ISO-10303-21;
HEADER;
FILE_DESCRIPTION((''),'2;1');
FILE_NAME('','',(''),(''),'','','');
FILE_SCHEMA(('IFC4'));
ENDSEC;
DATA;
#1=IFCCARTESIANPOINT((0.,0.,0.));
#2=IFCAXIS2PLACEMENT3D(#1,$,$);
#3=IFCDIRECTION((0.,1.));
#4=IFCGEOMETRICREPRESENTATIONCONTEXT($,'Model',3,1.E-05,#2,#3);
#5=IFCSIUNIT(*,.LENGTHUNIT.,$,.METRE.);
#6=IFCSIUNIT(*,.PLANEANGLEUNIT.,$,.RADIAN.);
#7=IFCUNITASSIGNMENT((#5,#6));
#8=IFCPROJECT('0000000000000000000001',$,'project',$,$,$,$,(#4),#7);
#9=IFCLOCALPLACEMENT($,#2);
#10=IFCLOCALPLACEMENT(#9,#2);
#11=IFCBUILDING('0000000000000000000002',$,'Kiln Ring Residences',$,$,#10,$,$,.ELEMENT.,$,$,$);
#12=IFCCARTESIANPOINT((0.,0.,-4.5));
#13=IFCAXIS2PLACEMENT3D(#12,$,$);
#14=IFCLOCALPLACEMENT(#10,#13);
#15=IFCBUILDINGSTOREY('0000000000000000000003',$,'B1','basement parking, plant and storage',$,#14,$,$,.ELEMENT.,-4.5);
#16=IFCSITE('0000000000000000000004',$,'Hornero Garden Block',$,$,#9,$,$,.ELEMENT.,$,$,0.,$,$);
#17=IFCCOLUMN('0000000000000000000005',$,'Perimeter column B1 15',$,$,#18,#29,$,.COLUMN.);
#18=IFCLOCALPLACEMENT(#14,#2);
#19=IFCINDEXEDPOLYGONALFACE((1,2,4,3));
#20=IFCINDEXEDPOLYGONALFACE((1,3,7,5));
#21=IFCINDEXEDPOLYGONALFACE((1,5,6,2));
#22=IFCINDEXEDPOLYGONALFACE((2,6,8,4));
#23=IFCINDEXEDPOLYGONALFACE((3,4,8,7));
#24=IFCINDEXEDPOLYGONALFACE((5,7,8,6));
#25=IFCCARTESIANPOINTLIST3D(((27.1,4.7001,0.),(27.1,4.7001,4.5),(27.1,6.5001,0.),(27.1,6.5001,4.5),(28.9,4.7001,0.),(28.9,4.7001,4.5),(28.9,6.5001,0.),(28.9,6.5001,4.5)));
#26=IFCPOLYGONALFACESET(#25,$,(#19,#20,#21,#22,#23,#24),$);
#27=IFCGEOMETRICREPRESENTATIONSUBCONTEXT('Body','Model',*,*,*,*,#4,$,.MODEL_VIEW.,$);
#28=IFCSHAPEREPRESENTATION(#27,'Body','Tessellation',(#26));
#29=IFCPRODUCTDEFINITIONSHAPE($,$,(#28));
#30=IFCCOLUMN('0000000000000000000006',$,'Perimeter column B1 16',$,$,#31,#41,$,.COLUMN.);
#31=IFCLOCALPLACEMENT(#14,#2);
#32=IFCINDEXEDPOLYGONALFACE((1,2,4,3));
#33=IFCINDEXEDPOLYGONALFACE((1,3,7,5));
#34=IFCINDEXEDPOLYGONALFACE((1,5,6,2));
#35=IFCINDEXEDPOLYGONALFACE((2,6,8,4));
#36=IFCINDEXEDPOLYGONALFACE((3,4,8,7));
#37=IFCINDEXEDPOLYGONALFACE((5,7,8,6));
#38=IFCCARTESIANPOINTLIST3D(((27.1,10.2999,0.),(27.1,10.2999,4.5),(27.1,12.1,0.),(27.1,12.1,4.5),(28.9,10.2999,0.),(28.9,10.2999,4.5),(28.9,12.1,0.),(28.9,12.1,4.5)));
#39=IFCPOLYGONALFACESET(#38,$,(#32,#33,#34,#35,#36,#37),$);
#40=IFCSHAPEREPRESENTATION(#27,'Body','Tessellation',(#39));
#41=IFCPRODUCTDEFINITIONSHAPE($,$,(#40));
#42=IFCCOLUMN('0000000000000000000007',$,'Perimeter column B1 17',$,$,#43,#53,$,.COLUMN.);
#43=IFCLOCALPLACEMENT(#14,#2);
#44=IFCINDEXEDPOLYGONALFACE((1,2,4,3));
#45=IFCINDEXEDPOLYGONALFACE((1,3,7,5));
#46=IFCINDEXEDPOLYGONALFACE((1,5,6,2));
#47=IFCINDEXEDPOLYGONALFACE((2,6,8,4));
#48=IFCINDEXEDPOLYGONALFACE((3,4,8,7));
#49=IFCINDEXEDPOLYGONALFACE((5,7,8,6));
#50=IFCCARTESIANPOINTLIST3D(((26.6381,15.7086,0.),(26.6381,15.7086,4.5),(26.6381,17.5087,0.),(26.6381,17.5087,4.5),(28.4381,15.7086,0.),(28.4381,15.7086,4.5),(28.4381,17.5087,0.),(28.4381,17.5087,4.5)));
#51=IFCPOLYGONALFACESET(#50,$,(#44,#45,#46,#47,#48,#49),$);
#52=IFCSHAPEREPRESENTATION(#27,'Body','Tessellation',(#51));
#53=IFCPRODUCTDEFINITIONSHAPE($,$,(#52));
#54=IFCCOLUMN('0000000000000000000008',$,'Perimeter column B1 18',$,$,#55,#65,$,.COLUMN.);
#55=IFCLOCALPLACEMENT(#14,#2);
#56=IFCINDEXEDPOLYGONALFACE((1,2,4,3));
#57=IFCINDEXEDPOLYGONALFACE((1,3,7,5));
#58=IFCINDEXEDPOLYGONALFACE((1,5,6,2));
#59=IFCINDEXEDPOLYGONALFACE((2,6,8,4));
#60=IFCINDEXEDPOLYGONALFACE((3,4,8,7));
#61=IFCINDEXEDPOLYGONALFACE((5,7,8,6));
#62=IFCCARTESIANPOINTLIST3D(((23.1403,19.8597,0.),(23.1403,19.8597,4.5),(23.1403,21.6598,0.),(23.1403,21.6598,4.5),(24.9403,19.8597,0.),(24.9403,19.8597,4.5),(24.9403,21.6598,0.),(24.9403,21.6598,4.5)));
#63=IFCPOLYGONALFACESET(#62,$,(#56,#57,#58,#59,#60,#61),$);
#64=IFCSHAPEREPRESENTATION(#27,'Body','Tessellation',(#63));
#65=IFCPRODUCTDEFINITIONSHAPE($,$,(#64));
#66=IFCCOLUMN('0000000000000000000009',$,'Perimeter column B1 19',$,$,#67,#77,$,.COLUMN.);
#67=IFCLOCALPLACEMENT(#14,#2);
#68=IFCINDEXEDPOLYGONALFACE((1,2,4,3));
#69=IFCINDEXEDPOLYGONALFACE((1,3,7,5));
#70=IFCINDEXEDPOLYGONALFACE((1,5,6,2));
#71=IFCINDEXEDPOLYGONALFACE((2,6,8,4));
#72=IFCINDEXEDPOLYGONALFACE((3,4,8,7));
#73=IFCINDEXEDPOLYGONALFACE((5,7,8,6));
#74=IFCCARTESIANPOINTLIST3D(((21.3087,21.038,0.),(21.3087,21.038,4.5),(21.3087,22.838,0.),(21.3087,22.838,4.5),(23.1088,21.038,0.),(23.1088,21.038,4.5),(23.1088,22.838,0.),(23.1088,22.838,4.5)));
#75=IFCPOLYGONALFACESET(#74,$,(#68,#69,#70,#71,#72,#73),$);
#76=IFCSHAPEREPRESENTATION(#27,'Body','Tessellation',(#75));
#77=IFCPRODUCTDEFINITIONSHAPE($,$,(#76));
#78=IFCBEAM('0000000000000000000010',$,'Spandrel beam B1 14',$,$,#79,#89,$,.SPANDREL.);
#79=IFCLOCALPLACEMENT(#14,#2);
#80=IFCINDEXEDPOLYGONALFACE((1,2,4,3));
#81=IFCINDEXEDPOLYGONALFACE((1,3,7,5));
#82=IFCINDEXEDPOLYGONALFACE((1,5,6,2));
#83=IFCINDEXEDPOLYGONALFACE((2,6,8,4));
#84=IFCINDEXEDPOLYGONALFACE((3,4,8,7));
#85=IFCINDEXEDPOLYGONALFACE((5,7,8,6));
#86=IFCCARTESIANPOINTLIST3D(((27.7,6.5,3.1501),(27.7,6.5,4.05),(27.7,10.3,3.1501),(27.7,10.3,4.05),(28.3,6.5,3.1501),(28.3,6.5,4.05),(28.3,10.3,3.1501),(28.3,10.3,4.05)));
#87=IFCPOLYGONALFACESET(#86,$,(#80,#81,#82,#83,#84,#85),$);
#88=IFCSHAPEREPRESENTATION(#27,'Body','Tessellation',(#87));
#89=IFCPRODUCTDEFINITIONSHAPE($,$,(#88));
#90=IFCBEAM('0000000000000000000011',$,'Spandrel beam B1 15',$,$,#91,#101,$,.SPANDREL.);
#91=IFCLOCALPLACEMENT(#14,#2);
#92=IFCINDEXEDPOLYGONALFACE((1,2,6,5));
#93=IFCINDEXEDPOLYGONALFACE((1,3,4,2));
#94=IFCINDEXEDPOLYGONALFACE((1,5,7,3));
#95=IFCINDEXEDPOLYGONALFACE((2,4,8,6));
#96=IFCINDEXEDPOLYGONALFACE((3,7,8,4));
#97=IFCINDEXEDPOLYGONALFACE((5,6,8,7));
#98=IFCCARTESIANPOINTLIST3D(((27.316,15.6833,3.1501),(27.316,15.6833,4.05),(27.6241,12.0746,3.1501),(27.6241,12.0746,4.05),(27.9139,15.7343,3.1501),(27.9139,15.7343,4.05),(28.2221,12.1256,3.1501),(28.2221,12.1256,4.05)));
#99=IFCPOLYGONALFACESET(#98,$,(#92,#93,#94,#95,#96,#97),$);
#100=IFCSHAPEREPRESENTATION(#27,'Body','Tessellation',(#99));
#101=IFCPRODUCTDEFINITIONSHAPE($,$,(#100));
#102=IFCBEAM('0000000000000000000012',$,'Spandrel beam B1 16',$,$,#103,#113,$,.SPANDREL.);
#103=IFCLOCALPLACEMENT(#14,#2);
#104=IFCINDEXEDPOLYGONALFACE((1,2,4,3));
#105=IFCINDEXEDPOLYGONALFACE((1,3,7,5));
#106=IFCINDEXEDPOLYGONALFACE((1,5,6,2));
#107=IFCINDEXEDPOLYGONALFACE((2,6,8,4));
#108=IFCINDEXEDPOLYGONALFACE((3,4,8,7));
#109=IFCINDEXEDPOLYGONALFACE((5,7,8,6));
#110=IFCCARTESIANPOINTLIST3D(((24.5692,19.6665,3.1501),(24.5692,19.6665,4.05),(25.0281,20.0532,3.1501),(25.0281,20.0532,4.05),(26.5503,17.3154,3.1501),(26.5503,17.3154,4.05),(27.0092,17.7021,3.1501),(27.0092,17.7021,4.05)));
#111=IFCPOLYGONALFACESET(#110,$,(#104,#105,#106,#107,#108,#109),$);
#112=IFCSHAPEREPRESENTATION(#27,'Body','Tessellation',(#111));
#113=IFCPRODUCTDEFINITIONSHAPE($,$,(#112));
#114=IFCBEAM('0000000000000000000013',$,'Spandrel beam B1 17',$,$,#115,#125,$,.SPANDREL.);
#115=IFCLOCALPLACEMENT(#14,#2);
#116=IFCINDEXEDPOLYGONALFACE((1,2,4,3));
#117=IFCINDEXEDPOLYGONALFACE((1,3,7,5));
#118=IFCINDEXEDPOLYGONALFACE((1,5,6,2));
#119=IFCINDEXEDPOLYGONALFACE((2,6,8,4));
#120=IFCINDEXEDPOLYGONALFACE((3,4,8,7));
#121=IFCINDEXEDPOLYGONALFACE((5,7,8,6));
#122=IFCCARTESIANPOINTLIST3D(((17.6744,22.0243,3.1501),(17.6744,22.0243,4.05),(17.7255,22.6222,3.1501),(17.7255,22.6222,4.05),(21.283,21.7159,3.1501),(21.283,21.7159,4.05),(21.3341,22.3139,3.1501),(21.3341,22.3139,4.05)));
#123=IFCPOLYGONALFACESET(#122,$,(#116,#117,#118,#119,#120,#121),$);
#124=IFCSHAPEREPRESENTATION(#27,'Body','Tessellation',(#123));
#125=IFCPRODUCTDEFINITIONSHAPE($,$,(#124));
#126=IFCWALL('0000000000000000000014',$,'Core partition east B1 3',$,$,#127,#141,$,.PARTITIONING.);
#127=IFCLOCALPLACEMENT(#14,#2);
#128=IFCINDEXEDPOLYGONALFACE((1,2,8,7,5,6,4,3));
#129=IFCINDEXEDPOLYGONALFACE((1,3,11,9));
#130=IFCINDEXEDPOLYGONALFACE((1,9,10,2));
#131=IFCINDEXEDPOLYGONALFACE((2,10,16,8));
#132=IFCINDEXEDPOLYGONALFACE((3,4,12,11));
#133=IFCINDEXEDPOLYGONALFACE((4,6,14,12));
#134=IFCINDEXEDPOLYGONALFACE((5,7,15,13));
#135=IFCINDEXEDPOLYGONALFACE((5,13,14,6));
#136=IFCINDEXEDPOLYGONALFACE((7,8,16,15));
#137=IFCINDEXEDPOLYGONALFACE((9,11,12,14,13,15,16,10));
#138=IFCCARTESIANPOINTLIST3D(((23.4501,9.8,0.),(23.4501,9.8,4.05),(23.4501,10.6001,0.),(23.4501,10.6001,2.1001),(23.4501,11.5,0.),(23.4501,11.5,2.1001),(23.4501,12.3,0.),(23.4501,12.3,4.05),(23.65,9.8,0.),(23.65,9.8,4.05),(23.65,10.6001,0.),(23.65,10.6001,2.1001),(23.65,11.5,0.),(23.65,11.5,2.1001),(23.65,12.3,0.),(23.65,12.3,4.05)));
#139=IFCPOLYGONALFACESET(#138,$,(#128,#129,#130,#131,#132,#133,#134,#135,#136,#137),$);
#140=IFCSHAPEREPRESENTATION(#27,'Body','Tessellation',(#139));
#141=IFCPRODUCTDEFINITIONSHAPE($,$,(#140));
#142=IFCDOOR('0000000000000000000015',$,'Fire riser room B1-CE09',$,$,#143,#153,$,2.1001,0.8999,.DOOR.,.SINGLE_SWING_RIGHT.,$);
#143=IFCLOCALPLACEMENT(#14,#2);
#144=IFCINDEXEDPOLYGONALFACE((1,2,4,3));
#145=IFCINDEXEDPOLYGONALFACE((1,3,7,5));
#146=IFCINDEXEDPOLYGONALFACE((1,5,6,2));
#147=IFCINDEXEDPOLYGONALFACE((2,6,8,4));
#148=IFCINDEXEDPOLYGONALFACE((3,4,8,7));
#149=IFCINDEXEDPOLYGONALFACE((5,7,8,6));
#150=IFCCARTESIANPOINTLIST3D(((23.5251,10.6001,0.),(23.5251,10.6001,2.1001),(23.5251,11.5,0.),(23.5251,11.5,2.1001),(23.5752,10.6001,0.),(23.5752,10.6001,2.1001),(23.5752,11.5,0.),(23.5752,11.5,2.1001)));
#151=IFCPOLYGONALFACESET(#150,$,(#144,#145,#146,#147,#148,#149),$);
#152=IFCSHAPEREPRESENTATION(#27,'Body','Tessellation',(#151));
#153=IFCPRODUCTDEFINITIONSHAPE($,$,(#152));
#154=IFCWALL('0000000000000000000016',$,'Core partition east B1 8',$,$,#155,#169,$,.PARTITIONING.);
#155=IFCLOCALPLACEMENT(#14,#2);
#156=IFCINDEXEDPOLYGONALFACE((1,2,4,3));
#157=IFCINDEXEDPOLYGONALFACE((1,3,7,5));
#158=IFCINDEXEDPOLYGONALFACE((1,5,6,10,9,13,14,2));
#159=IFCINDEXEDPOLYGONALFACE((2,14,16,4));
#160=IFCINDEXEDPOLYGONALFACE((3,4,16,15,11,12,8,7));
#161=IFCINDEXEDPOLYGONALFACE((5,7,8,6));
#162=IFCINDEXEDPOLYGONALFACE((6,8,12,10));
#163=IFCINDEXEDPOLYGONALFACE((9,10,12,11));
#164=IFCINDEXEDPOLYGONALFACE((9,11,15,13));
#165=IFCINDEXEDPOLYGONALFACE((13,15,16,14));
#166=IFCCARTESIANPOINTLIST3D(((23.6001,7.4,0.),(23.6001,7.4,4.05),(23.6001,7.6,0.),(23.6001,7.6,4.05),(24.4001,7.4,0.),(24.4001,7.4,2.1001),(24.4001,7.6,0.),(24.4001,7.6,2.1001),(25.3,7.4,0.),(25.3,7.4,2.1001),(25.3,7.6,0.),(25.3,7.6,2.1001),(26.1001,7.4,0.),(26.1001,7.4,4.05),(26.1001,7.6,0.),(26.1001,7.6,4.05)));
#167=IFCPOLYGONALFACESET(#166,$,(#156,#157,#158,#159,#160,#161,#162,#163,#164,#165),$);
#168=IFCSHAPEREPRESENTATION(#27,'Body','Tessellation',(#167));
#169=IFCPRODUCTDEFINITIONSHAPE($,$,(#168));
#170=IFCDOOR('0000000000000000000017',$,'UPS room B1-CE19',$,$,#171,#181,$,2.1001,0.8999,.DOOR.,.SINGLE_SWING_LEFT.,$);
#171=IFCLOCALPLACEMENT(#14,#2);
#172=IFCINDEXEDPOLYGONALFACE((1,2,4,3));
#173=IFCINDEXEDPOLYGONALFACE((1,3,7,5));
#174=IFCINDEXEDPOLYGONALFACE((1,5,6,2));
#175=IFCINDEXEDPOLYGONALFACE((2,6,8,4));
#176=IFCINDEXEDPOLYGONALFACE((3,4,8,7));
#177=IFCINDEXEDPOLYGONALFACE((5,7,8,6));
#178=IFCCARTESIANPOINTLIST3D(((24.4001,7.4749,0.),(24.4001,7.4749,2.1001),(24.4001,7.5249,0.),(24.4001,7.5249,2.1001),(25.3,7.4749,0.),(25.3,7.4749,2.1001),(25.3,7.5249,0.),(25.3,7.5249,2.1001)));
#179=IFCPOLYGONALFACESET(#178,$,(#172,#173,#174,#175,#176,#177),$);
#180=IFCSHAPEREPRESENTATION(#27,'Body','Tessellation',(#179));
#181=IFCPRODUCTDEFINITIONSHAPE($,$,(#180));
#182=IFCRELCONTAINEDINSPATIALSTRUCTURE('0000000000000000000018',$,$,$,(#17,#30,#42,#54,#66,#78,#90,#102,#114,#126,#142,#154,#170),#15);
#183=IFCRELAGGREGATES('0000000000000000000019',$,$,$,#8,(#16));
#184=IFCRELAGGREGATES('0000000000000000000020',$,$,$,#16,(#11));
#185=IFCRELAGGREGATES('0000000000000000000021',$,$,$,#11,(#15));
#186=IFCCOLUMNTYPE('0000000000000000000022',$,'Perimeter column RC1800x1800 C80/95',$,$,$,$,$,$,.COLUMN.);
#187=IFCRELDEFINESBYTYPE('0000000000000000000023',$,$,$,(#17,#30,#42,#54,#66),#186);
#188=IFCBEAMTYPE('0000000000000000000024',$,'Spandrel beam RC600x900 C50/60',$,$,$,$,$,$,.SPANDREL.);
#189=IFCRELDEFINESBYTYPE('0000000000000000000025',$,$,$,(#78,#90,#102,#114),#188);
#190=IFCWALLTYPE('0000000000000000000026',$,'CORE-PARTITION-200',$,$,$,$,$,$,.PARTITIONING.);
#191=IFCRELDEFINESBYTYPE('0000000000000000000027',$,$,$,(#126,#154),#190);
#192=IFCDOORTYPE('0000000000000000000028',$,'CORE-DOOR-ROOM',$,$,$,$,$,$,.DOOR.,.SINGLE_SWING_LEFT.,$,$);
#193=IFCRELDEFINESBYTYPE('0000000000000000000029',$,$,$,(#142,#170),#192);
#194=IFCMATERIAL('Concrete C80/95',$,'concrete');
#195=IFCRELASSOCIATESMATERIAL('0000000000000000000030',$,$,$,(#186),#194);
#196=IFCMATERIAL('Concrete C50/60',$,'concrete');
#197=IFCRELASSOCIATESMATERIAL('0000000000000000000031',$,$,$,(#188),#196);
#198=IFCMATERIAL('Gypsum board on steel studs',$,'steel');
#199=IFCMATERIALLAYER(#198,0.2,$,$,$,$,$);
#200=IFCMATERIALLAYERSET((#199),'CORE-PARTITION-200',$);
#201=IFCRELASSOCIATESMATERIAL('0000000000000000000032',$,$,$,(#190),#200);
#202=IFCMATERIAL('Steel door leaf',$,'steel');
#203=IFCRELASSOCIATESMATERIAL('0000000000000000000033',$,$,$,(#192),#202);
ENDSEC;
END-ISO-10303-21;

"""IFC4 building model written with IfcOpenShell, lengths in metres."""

from ifc_helpers import new_model, si_unit, direction, frame, frame_2d, origin, origin_2d, place, context, subcontext, project, spatial, rectangle, extrude, material, layer, layer_set, material_profile, profile_set, type_object, element, fill, save


model = new_model("IFC4")

# Units and contexts
model_context = context("Model", 3, precision=1e-05, world=origin(), true_north=direction((0.0, 1.0)))
body_context = subcontext(model_context, "Body", "Model", "MODEL_VIEW")
ifc_project = project(units=[si_unit("LENGTHUNIT", "METRE"), si_unit("PLANEANGLEUNIT", "RADIAN")], contexts=[model_context])

# Site, building, storey
site_placement = place(None, origin())
site = spatial("IfcSite", under=ifc_project, at=site_placement, Name="Hornero Garden Block", CompositionType="ELEMENT", RefElevation=0.0)
building_placement = place(site_placement, origin())
building = spatial("IfcBuilding", under=site, at=building_placement, Name="Kiln Ring Residences", CompositionType="ELEMENT")
storey_placement = place(building_placement, frame((0.0, 0.0, -4.5)))
storey = spatial("IfcBuildingStorey", under=building, at=storey_placement, Name="B1", Description="basement parking, plant and storage", CompositionType="ELEMENT", Elevation=-4.5)

# Columns
ifc_material_1 = material(Name="Concrete C80/95", Category="concrete")
ifc_material_profile_1 = material_profile(ifc_material_1, rectangle(XDim=1.8, YDim=1.8, at=origin_2d()), Name="RC1800x1800")
ifc_profile_set_1 = profile_set([ifc_material_profile_1], Name="Concrete C80/95")
column_type = type_object("IfcColumnType", Name="Perimeter column RC1800x1800 C80/95", PredefinedType="COLUMN", material=ifc_profile_set_1)
for number, where, z_axis, x_axis, name in (
    (1, (28.0, 5.6001, 0.0), (0.0, 0.0, 1.0), (1.0, 0.0, 0.0), "Perimeter column B1 15"),
    (2, (28.0, 11.2, 0.0), (0.0, 0.0, 1.0), (1.0, 0.0, 0.0), "Perimeter column B1 16"),
    (3, (27.5381, 16.6086, 0.0), (0.0, 0.0, 1.0), (1.0, 0.0, 0.0), "Perimeter column B1 17"),
    (4, (24.0403, 20.7598, 0.0), (0.0, 0.0, 1.0), (1.0, 0.0, 0.0), "Perimeter column B1 18"),
    (5, (22.2087, 21.938, 0.0), (0.0, 0.0, 1.0), (1.0, 0.0, 0.0), "Perimeter column B1 19"),
):
    element("IfcColumn", number, at=place(storey_placement, frame(where, z_axis=z_axis, x_axis=x_axis)), inside=storey, type_object=column_type, Name=name, PredefinedType="COLUMN", context=body_context, shape_type="SweptSolid", body=[
        extrude(rectangle(XDim=1.8, YDim=1.8, at=origin_2d()), origin(), (0.0, 0.0, 1.0), 4.5),
    ])

# Beams
ifc_material_2 = material(Name="Concrete C50/60", Category="concrete")
ifc_material_profile_2 = material_profile(ifc_material_2, rectangle(XDim=0.6001, YDim=0.8999, at=origin_2d()), Name="RC600x900")
ifc_profile_set_2 = profile_set([ifc_material_profile_2], Name="Concrete C50/60")
beam_type = type_object("IfcBeamType", Name="Spandrel beam RC600x900 C50/60", PredefinedType="SPANDREL", material=ifc_profile_set_2)
beam_1_placement = place(storey_placement, frame((28.0, 6.5, 3.6001), z_axis=(0.0, 1.0, 0.0), x_axis=(-1.0, 0.0, 0.0)))
element("IfcBeam", 6, at=beam_1_placement, inside=storey, type_object=beam_type, Name="Spandrel beam B1 14", PredefinedType="SPANDREL", context=body_context, shape_type="SweptSolid", body=[
    extrude(rectangle(XDim=0.6001, YDim=0.8999, at=origin_2d()), origin(), (0.0, 0.0, 1.0), 3.8),
])
beam_2_placement = place(storey_placement, frame((27.9231, 12.1001, 3.6001), z_axis=(-0.08507, 0.996375, 0.0), x_axis=(-0.996375, -0.08507, 0.0)))
element("IfcBeam", 7, at=beam_2_placement, inside=storey, type_object=beam_type, Name="Spandrel beam B1 15", PredefinedType="SPANDREL", context=body_context, shape_type="SweptSolid", body=[
    extrude(rectangle(XDim=0.6001, YDim=0.8999, at=origin_2d()), origin(), (0.0, 0.0, 1.0), 3.6218),
])
beam_3_placement = place(storey_placement, frame((26.7798, 17.5088, 3.6001), z_axis=(-0.644392, 0.764695, 0.0), x_axis=(-0.764695, -0.644392, 0.0)))
element("IfcBeam", 8, at=beam_3_placement, inside=storey, type_object=beam_type, Name="Spandrel beam B1 16", PredefinedType="SPANDREL", context=body_context, shape_type="SweptSolid", body=[
    extrude(rectangle(XDim=0.6001, YDim=0.8999, at=origin_2d()), origin(), (0.0, 0.0, 1.0), 3.0745),
])
beam_4_placement = place(storey_placement, frame((21.3086, 22.0149, 3.6001), z_axis=(-0.996369, 0.085137, 0.0), x_axis=(-0.085137, -0.996369, 0.0)))
element("IfcBeam", 9, at=beam_4_placement, inside=storey, type_object=beam_type, Name="Spandrel beam B1 17", PredefinedType="SPANDREL", context=body_context, shape_type="SweptSolid", body=[
    extrude(rectangle(XDim=0.6001, YDim=0.8999, at=origin_2d()), origin(), (0.0, 0.0, 1.0), 3.6218),
])

# Walls, openings, doors
ifc_material_3 = material(Name="Gypsum board on steel studs", Category="steel")
ifc_layer = layer(ifc_material_3, 0.2)
ifc_layer_set = layer_set([ifc_layer], Name="CORE-PARTITION-200")
wall_type = type_object("IfcWallType", Name="CORE-PARTITION-200", PredefinedType="PARTITIONING", material=ifc_layer_set)
wall_1_placement = place(storey_placement, frame((23.55, 9.8, 0.0), z_axis=(0.0, 0.0, 1.0), x_axis=(0.0, 1.0, 0.0)))
wall_1 = element("IfcWall", 10, at=wall_1_placement, inside=storey, type_object=wall_type, Name="Core partition east B1 3", PredefinedType="PARTITIONING", context=body_context, shape_type="SweptSolid", body=[
    extrude(rectangle(XDim=2.5, YDim=0.2, at=frame_2d((1.25, 0.0))), origin(), (0.0, 0.0, 1.0), 4.05),
])
opening_1_placement = place(wall_1_placement, frame((0.8, 0.0, 0.0)))
opening_1 = element("IfcOpeningElement", 11, at=opening_1_placement, cuts=wall_1, PredefinedType="OPENING", context=body_context, shape_type="SweptSolid", body=[
    extrude(rectangle(XDim=0.8999, YDim=2.1001, at=frame_2d((0.45, 1.05))), frame((0.0, 0.1099, 0.0), z_axis=(0.0, -1.0, 0.0), x_axis=(1.0, 0.0, 0.0)), (0.0, 0.0, 1.0), 0.22),
])
ifc_material_4 = material(Name="Steel door leaf", Category="steel")
door_type = type_object("IfcDoorType", Name="CORE-DOOR-ROOM", OperationType="SINGLE_SWING_LEFT", PredefinedType="DOOR", material=ifc_material_4)
door_1_placement = place(opening_1_placement, origin())
door_1 = element("IfcDoor", 12, at=door_1_placement, inside=storey, type_object=door_type, Name="Fire riser room B1-CE09", OperationType="SINGLE_SWING_RIGHT", OverallHeight=2.1001, OverallWidth=0.8999, PredefinedType="DOOR", context=body_context, shape_type="SweptSolid", body=[
    extrude(rectangle(XDim=0.8999, YDim=2.1001, at=frame_2d((0.45, 1.05))), frame((0.0, 0.0249, 0.0), z_axis=(0.0, -1.0, 0.0), x_axis=(1.0, 0.0, 0.0)), (0.0, 0.0, 1.0), 0.05),
])
fill(opening_1, door_1)
wall_2_placement = place(storey_placement, frame((23.6001, 7.5, 0.0), z_axis=(0.0, 0.0, 1.0), x_axis=(1.0, 0.0, 0.0)))
wall_2 = element("IfcWall", 13, at=wall_2_placement, inside=storey, type_object=wall_type, Name="Core partition east B1 8", PredefinedType="PARTITIONING", context=body_context, shape_type="SweptSolid", body=[
    extrude(rectangle(XDim=2.5, YDim=0.2, at=frame_2d((1.25, 0.0))), origin(), (0.0, 0.0, 1.0), 4.05),
])
opening_2_placement = place(wall_2_placement, frame((0.8, 0.0, 0.0)))
opening_2 = element("IfcOpeningElement", 14, at=opening_2_placement, cuts=wall_2, PredefinedType="OPENING", context=body_context, shape_type="SweptSolid", body=[
    extrude(rectangle(XDim=0.8999, YDim=2.1001, at=frame_2d((0.45, 1.05))), frame((0.0, 0.1099, 0.0), z_axis=(0.0, -1.0, 0.0), x_axis=(1.0, 0.0, 0.0)), (0.0, 0.0, 1.0), 0.22),
])
door_2_placement = place(opening_2_placement, origin())
door_2 = element("IfcDoor", 15, at=door_2_placement, inside=storey, type_object=door_type, Name="UPS room B1-CE19", OperationType="SINGLE_SWING_LEFT", OverallHeight=2.1001, OverallWidth=0.8999, PredefinedType="DOOR", context=body_context, shape_type="SweptSolid", body=[
    extrude(rectangle(XDim=0.8999, YDim=2.1001, at=frame_2d((0.45, 1.05))), frame((0.0, 0.0249, 0.0), z_axis=(0.0, -1.0, 0.0), x_axis=(1.0, 0.0, 0.0)), (0.0, 0.0, 1.0), 0.05),
])
fill(opening_2, door_2)

save(model, "model.ifc")
